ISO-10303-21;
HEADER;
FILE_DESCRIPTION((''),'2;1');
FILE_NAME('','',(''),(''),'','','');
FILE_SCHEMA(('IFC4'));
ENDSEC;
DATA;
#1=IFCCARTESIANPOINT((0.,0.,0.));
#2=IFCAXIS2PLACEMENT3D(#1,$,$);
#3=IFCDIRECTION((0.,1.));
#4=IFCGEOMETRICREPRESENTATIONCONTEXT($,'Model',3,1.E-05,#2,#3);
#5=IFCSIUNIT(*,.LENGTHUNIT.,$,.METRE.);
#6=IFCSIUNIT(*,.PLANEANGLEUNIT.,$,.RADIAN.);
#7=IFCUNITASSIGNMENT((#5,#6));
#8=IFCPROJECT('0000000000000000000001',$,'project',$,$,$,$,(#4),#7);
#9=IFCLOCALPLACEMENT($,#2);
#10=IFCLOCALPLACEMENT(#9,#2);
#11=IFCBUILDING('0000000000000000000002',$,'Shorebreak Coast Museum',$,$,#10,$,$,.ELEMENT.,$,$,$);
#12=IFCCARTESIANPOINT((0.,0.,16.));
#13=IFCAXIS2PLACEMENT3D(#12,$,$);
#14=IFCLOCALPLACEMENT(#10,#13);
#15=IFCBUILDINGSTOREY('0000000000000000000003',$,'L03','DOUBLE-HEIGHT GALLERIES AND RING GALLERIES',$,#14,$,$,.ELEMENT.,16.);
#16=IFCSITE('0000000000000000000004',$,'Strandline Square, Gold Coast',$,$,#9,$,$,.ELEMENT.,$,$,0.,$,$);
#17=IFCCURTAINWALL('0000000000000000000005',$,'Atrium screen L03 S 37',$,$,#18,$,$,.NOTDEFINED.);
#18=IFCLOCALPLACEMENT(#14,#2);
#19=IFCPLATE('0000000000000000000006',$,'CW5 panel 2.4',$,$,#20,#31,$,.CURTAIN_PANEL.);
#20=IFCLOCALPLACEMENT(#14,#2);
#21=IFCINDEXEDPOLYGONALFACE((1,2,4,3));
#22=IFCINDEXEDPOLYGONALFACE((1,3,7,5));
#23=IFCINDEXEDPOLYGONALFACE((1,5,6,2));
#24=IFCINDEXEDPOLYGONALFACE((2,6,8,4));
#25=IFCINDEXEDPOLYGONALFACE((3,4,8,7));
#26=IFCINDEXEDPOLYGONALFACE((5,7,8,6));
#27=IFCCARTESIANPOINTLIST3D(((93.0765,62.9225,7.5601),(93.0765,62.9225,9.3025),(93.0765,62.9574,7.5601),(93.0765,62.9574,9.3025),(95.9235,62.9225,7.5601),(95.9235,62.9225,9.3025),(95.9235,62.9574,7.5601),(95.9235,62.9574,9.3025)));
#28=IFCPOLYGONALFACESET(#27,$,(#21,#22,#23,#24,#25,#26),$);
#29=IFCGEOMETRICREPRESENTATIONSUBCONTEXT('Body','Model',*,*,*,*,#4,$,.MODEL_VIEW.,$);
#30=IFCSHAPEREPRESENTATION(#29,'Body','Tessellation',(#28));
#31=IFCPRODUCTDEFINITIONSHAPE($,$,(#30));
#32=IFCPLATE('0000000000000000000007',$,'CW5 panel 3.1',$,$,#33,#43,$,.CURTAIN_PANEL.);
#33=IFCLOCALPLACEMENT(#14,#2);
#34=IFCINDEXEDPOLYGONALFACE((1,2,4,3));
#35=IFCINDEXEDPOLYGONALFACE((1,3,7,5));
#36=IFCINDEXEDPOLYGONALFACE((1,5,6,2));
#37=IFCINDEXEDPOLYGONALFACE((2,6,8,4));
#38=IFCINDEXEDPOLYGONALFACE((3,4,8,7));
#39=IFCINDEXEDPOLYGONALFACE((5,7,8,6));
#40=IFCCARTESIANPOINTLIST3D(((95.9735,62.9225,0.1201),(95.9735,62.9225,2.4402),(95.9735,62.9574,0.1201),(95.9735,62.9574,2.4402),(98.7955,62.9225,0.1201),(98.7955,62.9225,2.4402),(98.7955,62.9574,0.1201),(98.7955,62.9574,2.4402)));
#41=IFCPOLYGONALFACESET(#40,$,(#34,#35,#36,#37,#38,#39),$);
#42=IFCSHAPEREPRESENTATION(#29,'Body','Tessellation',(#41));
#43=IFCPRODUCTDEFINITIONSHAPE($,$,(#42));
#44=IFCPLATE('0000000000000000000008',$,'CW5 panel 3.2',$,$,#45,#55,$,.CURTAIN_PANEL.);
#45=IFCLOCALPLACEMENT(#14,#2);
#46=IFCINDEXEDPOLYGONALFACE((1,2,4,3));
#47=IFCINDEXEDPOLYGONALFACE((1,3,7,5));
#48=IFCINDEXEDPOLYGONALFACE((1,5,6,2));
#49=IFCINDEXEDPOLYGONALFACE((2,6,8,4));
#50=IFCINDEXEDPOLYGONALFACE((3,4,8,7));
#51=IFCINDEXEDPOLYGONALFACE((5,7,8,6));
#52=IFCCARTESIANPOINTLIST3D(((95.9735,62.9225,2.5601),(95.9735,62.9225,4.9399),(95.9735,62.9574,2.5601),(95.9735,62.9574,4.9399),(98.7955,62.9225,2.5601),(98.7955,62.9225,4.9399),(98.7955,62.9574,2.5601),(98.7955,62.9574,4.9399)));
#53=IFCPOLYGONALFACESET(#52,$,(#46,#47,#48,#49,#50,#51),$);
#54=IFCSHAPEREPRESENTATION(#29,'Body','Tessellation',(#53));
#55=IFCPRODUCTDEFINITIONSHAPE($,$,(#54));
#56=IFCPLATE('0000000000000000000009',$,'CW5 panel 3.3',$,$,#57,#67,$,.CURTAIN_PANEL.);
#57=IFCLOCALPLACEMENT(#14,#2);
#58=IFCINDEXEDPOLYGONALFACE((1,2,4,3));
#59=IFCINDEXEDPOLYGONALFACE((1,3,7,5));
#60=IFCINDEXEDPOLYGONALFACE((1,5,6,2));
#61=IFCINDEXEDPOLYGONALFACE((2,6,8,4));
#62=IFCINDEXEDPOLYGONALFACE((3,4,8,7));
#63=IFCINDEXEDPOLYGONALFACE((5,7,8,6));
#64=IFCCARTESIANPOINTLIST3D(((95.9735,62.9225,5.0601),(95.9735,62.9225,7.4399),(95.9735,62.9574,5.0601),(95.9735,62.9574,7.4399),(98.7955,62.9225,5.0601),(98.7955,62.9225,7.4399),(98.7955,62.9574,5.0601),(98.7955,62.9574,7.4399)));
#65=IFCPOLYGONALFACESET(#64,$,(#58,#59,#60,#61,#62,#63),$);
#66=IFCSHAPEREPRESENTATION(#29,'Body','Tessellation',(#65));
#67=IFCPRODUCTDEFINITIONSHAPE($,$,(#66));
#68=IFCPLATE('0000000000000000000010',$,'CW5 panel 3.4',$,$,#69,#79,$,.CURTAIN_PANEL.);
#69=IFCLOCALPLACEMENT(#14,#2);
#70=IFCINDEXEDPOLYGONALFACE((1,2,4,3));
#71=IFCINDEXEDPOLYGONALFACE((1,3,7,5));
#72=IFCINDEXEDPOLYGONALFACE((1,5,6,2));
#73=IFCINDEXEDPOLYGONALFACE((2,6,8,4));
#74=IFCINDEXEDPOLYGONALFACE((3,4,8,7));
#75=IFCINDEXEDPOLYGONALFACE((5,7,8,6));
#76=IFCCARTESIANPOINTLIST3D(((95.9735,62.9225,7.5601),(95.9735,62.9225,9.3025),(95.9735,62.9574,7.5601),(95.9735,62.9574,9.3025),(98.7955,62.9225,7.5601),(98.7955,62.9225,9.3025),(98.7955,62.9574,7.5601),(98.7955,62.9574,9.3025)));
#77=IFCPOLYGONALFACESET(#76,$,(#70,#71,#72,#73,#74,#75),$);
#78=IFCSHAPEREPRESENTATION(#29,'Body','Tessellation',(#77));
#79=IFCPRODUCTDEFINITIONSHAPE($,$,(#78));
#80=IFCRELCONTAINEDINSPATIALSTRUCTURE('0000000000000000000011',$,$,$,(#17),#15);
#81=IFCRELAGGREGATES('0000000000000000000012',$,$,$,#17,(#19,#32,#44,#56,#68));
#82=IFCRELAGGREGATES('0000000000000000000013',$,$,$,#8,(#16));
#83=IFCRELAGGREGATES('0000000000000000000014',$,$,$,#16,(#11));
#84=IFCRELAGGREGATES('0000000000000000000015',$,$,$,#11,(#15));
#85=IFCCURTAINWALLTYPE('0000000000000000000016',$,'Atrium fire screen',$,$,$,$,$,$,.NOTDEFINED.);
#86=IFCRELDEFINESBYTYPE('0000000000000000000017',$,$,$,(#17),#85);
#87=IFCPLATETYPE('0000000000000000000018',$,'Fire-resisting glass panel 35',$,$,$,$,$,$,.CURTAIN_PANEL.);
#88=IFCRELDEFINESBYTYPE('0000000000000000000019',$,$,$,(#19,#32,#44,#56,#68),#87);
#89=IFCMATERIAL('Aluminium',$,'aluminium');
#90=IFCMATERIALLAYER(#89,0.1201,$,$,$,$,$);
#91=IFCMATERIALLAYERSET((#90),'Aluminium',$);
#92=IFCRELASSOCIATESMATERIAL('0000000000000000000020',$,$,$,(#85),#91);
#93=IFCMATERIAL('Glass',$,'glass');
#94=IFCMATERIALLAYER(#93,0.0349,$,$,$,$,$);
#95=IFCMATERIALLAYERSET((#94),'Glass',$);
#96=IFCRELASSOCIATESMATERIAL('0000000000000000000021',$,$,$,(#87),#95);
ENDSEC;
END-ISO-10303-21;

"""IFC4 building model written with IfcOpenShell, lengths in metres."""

from ifc_helpers import new_model, si_unit, direction, frame, origin, origin_2d, place, context, subcontext, project, spatial, rectangle, extrude, material, layer, layer_set, type_object, element, aggregate, save


model = new_model("IFC4")

# Units and contexts
model_context = context("Model", 3, precision=1e-05, world=origin(), true_north=direction((0.0, 1.0)))
body_context = subcontext(model_context, "Body", "Model", "MODEL_VIEW")
ifc_project = project(units=[si_unit("LENGTHUNIT", "METRE"), si_unit("PLANEANGLEUNIT", "RADIAN")], contexts=[model_context])

# Site, building, storey
site_placement = place(None, origin())
site = spatial("IfcSite", under=ifc_project, at=site_placement, Name="Strandline Square, Gold Coast", CompositionType="ELEMENT", RefElevation=0.0)
building_placement = place(site_placement, origin())
building = spatial("IfcBuilding", under=site, at=building_placement, Name="Shorebreak Coast Museum", CompositionType="ELEMENT")
storey_placement = place(building_placement, frame((0.0, 0.0, 16.0)))
storey = spatial("IfcBuildingStorey", under=building, at=storey_placement, Name="L03", Description="DOUBLE-HEIGHT GALLERIES AND RING GALLERIES", CompositionType="ELEMENT", Elevation=16.0)

# Curtain wall, plates
ifc_material_1 = material(Name="Aluminium", Category="aluminium")
ifc_layer_1 = layer(ifc_material_1, 0.1201)
ifc_layer_set_1 = layer_set([ifc_layer_1], Name="Aluminium")
curtain_wall_type = type_object("IfcCurtainWallType", Name="Atrium fire screen", PredefinedType="NOTDEFINED", material=ifc_layer_set_1)
curtain_wall_placement = place(storey_placement, origin())
curtain_wall = element("IfcCurtainWall", 1, at=curtain_wall_placement, inside=storey, type_object=curtain_wall_type, Name="Atrium screen L03 S 37", PredefinedType="NOTDEFINED")
ifc_material_2 = material(Name="Glass", Category="glass")
ifc_layer_2 = layer(ifc_material_2, 0.0349)
ifc_layer_set_2 = layer_set([ifc_layer_2], Name="Glass")
plate_type = type_object("IfcPlateType", Name="Fire-resisting glass panel 35", PredefinedType="CURTAIN_PANEL", material=ifc_layer_set_2)
plate_1_placement = place(storey_placement, frame((94.5, 62.9399, 7.5601), z_axis=(0.0, 0.0, 1.0), x_axis=(1.0, 0.0, 0.0)))
plate_1 = element("IfcPlate", 2, at=plate_1_placement, type_object=plate_type, Name="CW5 panel 2.4", PredefinedType="CURTAIN_PANEL", context=body_context, shape_type="SweptSolid", body=[
    extrude(rectangle(XDim=2.8469, YDim=0.0349, at=origin_2d()), origin(), (0.0, 0.0, 1.0), 1.7424),
])
plate_2_placement = place(storey_placement, frame((97.3845, 62.9399, 0.1201), z_axis=(0.0, 0.0, 1.0), x_axis=(1.0, 0.0, 0.0)))
plate_2 = element("IfcPlate", 3, at=plate_2_placement, type_object=plate_type, Name="CW5 panel 3.1", PredefinedType="CURTAIN_PANEL", context=body_context, shape_type="SweptSolid", body=[
    extrude(rectangle(XDim=2.822, YDim=0.0349, at=origin_2d()), origin(), (0.0, 0.0, 1.0), 2.3201),
])
plate_3_placement = place(storey_placement, frame((97.3845, 62.9399, 2.5601), z_axis=(0.0, 0.0, 1.0), x_axis=(1.0, 0.0, 0.0)))
plate_3 = element("IfcPlate", 4, at=plate_3_placement, type_object=plate_type, Name="CW5 panel 3.2", PredefinedType="CURTAIN_PANEL", context=body_context, shape_type="SweptSolid", body=[
    extrude(rectangle(XDim=2.822, YDim=0.0349, at=origin_2d()), origin(), (0.0, 0.0, 1.0), 2.3799),
])
plate_4_placement = place(storey_placement, frame((97.3845, 62.9399, 5.0601), z_axis=(0.0, 0.0, 1.0), x_axis=(1.0, 0.0, 0.0)))
plate_4 = element("IfcPlate", 5, at=plate_4_placement, type_object=plate_type, Name="CW5 panel 3.3", PredefinedType="CURTAIN_PANEL", context=body_context, shape_type="SweptSolid", body=[
    extrude(rectangle(XDim=2.822, YDim=0.0349, at=origin_2d()), origin(), (0.0, 0.0, 1.0), 2.3799),
])
plate_5_placement = place(storey_placement, frame((97.3845, 62.9399, 7.5601), z_axis=(0.0, 0.0, 1.0), x_axis=(1.0, 0.0, 0.0)))
plate_5 = element("IfcPlate", 6, at=plate_5_placement, type_object=plate_type, Name="CW5 panel 3.4", PredefinedType="CURTAIN_PANEL", context=body_context, shape_type="SweptSolid", body=[
    extrude(rectangle(XDim=2.822, YDim=0.0349, at=origin_2d()), origin(), (0.0, 0.0, 1.0), 1.7424),
])
aggregate(curtain_wall, [plate_1, plate_2, plate_3, plate_4, plate_5])

save(model, "model.ifc")
